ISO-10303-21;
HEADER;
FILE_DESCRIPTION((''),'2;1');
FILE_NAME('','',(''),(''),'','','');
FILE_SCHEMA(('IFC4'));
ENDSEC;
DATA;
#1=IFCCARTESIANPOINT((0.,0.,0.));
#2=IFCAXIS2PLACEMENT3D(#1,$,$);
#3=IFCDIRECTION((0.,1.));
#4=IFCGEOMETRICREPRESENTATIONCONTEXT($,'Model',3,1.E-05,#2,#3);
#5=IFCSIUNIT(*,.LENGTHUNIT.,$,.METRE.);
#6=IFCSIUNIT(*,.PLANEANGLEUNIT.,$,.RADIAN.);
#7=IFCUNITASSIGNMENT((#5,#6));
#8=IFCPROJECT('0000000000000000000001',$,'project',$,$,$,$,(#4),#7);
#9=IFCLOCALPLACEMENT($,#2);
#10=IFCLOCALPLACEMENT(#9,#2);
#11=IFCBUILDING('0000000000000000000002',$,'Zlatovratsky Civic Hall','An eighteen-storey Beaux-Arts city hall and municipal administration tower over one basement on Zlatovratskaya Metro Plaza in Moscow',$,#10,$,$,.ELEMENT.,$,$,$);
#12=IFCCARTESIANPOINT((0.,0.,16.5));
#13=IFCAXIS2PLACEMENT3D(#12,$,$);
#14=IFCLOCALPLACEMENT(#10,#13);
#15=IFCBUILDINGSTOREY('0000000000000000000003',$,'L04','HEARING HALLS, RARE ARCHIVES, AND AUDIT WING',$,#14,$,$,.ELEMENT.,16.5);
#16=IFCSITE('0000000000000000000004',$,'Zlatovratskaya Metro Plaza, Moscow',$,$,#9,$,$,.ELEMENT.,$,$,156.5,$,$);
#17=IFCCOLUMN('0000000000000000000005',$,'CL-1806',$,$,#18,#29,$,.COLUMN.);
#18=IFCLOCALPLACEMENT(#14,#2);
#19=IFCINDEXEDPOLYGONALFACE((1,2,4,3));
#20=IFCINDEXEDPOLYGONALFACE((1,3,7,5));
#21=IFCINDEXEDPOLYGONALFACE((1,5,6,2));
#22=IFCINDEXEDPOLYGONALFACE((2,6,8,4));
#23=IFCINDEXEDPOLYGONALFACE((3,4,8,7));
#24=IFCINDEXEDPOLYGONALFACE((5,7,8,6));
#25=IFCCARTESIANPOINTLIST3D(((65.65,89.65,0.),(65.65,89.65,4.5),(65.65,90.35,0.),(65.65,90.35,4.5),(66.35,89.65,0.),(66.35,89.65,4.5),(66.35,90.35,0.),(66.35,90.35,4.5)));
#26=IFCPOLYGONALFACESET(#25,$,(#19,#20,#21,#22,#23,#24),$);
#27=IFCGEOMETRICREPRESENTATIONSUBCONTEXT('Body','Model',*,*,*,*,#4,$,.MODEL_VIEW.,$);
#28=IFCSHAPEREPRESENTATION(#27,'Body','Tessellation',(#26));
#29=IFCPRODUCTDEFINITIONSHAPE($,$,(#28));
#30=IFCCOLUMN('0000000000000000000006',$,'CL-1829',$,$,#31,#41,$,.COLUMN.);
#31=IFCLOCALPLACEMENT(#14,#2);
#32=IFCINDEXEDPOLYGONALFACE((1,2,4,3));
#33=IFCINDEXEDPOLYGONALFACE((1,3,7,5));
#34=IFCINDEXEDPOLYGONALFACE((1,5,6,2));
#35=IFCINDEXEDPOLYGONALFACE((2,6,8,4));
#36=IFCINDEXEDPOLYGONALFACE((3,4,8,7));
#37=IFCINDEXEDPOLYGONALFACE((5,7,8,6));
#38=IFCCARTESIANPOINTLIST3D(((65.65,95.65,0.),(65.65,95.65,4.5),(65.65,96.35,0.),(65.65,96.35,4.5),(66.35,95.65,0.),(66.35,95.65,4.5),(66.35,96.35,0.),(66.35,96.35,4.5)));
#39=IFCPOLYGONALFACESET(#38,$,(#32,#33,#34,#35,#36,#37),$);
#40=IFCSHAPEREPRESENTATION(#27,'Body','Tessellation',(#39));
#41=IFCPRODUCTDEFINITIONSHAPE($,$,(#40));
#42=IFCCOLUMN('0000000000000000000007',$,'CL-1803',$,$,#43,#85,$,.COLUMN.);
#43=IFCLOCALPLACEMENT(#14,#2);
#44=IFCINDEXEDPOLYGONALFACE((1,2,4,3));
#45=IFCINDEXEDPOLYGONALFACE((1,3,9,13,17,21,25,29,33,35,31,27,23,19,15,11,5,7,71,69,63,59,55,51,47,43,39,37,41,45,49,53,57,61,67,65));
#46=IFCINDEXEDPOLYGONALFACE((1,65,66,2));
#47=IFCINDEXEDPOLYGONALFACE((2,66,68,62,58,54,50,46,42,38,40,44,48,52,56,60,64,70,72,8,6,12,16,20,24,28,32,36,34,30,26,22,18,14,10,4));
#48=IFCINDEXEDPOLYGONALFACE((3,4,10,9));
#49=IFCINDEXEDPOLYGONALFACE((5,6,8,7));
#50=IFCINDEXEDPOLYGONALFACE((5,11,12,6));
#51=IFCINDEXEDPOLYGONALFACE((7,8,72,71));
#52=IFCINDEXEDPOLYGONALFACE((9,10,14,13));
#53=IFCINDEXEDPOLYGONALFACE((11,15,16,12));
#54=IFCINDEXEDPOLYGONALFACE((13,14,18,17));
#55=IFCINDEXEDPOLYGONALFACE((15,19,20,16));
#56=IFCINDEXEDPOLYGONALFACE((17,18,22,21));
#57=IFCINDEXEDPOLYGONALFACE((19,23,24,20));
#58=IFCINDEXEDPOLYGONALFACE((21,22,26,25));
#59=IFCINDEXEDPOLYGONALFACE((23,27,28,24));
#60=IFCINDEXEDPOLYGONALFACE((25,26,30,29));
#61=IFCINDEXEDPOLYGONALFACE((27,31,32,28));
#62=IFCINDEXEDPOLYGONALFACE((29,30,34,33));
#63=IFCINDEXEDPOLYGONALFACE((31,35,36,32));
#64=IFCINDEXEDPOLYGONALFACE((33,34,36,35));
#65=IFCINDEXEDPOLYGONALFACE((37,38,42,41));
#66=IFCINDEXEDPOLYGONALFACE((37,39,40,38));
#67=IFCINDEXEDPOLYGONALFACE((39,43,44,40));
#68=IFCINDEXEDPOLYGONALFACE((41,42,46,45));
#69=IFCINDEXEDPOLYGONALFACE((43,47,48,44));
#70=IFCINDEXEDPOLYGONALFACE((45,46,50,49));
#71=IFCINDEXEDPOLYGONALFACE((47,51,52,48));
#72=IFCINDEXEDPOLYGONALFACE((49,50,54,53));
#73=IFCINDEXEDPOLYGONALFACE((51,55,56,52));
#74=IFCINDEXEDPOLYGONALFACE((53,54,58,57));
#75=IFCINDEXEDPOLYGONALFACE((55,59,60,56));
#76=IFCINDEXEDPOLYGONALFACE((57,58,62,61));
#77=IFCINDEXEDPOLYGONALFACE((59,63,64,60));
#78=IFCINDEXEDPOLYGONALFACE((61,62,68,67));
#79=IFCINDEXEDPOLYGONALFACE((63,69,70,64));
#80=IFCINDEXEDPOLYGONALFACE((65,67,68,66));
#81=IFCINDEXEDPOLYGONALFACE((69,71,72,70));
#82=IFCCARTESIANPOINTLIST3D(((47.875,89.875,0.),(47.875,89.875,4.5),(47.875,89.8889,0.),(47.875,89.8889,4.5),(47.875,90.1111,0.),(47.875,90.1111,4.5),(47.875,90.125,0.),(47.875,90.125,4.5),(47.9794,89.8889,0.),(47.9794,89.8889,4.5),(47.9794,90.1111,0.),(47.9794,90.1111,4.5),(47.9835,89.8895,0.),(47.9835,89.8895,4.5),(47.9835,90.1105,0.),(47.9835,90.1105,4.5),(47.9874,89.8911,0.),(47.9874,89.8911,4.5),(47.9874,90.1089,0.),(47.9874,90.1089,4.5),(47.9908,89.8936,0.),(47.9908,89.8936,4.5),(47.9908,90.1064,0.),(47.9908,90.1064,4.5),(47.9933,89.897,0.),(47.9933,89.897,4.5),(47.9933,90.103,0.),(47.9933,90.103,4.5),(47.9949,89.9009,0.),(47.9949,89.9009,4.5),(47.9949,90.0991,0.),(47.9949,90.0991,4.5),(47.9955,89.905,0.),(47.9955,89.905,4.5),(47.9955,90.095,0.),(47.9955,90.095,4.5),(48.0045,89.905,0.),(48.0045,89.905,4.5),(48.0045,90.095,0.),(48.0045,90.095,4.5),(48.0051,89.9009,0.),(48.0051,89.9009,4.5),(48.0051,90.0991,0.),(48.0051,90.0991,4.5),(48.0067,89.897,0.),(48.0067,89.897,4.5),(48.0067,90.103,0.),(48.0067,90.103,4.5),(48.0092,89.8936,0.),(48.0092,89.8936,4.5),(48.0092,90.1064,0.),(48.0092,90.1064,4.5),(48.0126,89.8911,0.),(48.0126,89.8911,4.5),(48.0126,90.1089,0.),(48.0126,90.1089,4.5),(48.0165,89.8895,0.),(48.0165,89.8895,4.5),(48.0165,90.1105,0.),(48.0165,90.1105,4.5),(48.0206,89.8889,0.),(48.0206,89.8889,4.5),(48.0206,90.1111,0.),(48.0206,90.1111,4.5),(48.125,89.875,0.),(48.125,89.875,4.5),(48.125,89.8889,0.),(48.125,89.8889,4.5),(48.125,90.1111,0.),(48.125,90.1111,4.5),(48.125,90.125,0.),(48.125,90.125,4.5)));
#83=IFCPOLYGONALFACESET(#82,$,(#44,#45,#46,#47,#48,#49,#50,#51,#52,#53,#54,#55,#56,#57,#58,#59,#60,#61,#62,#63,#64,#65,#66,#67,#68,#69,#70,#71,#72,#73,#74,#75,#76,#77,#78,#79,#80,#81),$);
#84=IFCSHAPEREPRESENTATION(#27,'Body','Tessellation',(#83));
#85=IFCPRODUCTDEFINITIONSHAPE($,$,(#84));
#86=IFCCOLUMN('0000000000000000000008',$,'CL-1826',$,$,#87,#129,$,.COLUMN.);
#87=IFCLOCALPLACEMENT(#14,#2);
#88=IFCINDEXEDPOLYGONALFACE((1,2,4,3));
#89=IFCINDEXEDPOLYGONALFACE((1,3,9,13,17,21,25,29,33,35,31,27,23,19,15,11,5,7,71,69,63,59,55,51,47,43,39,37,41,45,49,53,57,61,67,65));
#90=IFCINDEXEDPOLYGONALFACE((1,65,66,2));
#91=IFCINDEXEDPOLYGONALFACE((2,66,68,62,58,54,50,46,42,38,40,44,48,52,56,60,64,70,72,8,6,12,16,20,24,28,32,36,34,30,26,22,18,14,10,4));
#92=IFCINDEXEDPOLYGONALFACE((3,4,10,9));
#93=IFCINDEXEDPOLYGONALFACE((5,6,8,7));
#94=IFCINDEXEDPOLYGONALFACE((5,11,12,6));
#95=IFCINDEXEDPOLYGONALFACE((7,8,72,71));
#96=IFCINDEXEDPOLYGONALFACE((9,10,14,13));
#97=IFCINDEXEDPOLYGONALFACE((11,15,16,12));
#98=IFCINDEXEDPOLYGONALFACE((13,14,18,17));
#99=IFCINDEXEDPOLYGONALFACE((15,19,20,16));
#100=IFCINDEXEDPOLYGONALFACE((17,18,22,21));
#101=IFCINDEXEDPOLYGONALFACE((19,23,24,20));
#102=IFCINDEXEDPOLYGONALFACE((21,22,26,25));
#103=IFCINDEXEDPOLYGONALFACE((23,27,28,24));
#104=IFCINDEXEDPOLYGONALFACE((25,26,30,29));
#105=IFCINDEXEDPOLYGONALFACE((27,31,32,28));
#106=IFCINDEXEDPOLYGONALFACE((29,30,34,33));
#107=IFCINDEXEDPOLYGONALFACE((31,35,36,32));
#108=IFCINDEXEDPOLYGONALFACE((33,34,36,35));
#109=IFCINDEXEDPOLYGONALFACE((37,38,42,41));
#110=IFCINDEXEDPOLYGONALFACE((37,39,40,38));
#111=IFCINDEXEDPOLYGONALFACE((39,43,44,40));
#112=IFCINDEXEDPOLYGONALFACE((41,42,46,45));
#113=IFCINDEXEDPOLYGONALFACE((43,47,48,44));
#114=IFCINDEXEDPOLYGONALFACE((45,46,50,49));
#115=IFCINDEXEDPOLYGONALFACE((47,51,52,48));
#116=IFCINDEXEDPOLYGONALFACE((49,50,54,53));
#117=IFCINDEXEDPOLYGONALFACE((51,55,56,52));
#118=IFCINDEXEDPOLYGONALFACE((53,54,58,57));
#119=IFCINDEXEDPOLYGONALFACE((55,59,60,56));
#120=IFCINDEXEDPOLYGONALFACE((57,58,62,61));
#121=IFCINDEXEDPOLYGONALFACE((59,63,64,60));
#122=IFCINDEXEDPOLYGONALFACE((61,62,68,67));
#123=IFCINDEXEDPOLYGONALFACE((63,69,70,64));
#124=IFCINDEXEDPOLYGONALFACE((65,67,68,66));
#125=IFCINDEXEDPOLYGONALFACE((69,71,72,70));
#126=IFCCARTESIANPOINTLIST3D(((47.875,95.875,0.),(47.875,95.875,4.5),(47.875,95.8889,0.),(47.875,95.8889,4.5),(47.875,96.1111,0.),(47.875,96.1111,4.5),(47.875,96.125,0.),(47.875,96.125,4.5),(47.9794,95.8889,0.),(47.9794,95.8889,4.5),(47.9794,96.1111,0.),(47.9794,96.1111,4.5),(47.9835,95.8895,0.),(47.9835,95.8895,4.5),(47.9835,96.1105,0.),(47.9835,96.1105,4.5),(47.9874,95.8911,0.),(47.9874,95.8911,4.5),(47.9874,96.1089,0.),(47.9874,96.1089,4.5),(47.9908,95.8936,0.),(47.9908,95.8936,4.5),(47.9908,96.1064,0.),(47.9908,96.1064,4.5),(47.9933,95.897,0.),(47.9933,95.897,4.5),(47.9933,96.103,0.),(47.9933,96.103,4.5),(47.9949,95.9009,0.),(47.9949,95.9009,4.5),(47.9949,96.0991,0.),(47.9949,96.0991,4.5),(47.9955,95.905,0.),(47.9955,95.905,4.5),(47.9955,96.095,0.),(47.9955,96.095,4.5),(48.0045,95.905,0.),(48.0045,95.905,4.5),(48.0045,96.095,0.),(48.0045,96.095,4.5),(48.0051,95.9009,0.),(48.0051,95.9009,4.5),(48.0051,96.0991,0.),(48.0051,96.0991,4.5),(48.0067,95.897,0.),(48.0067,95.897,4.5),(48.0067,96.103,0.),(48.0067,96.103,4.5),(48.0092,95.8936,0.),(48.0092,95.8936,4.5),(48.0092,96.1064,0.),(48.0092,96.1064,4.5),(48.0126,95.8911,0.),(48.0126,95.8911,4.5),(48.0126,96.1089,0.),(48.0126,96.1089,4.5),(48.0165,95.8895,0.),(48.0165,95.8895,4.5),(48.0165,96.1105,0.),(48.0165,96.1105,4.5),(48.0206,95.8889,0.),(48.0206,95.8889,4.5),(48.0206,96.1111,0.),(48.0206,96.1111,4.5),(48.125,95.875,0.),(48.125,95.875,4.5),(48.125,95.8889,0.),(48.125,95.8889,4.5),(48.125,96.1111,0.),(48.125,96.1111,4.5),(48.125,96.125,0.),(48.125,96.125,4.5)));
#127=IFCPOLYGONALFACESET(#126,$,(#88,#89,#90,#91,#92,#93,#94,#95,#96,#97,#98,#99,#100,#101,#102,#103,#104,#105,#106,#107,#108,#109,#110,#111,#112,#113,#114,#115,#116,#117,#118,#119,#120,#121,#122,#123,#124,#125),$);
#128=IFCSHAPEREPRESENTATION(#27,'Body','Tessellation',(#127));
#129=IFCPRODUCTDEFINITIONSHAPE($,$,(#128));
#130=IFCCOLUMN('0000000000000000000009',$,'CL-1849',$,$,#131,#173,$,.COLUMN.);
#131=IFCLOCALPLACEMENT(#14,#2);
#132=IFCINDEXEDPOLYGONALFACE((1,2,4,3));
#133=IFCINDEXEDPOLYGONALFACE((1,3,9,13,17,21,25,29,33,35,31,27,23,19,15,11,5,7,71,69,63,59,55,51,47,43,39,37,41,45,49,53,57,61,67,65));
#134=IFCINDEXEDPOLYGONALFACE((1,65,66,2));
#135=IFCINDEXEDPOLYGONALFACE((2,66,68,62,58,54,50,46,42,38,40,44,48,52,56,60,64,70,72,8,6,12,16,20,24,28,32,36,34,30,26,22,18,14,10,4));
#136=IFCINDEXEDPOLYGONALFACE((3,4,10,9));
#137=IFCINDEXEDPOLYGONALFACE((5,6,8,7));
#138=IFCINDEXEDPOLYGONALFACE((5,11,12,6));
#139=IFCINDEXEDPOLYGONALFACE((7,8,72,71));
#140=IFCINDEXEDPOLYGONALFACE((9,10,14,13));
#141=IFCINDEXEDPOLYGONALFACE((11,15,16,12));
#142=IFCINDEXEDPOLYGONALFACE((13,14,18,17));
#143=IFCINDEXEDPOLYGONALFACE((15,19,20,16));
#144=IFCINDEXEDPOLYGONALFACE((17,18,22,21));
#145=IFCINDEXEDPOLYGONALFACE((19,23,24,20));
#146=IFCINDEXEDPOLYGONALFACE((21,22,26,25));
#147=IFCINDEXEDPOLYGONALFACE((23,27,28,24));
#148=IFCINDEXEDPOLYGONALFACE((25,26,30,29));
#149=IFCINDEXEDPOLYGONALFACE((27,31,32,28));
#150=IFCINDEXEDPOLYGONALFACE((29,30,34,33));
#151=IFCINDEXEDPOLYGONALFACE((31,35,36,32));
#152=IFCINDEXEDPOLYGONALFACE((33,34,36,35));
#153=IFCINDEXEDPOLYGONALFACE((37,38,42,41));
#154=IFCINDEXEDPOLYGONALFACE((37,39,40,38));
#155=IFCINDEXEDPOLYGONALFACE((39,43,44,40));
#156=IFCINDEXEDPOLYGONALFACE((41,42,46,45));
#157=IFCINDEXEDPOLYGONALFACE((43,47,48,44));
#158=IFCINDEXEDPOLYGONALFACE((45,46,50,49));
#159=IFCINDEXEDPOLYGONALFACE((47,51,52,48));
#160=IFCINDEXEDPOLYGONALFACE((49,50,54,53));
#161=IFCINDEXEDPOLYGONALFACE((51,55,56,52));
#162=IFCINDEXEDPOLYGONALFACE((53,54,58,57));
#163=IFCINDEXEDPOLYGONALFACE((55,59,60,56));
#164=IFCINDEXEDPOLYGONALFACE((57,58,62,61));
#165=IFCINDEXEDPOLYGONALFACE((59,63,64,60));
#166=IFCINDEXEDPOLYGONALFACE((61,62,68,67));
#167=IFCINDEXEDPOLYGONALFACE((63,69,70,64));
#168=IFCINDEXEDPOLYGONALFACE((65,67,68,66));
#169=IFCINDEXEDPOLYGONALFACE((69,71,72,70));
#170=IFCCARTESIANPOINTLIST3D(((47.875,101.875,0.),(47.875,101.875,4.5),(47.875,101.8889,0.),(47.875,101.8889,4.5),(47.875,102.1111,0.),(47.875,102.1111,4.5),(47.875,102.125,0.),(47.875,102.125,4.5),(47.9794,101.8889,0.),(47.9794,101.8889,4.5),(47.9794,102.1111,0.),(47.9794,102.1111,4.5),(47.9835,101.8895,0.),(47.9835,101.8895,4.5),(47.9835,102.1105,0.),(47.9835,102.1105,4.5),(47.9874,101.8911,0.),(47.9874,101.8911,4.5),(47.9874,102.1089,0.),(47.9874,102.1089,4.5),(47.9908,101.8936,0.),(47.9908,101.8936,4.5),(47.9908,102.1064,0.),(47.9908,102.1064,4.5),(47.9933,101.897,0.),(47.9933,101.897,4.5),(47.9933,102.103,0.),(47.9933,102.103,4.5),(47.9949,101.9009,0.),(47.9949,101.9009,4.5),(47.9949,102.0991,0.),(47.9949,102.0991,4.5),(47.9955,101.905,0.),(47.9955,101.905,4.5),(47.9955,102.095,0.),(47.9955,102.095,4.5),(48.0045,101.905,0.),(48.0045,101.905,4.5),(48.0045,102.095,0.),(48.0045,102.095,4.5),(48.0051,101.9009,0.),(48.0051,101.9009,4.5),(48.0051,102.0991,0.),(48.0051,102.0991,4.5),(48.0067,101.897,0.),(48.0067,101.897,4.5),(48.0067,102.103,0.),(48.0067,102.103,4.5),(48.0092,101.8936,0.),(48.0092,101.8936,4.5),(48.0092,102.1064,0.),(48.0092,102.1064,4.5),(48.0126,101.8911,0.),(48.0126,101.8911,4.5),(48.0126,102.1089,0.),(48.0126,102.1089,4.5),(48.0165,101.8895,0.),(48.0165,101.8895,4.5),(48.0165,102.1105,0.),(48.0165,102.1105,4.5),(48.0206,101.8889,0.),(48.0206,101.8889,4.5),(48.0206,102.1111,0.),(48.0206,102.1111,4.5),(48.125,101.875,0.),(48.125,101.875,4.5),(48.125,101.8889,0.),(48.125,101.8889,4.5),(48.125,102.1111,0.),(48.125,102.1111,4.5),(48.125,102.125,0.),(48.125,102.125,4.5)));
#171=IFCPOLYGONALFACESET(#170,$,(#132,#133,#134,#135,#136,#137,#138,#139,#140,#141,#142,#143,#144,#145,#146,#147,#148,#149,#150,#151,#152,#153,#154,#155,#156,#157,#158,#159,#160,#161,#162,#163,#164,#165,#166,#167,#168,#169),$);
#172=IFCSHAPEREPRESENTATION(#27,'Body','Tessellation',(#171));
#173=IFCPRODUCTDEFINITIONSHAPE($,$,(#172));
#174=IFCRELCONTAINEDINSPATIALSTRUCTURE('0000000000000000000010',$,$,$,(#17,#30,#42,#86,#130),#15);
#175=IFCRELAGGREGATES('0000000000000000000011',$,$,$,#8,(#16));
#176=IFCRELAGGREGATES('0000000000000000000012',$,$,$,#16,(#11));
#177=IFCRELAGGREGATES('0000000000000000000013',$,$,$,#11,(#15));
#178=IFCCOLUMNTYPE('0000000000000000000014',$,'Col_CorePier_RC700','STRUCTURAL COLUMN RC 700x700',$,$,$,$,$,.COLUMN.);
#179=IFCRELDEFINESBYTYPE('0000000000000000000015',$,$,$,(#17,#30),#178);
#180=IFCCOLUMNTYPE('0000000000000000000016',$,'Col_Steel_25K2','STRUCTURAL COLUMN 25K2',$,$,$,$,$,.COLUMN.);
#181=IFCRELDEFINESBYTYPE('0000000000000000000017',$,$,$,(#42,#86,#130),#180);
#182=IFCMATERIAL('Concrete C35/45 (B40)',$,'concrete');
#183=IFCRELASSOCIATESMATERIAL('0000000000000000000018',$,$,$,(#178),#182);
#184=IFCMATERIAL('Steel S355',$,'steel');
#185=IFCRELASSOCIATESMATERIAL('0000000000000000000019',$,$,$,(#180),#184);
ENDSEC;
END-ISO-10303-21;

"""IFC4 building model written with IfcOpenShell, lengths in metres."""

from ifc_helpers import new_model, si_unit, direction, frame, origin, origin_2d, place, context, subcontext, project, spatial, rectangle, i_section, extrude, material, material_profile, profile_set, type_object, element, save


model = new_model("IFC4")

# Units and contexts
model_context = context("Model", 3, precision=1e-05, world=origin(), true_north=direction((0.0, 1.0)))
body_context = subcontext(model_context, "Body", "Model", "MODEL_VIEW")
ifc_project = project(units=[si_unit("LENGTHUNIT", "METRE"), si_unit("PLANEANGLEUNIT", "RADIAN")], contexts=[model_context])

# Site, building, storey
site_placement = place(None, origin())
site = spatial("IfcSite", under=ifc_project, at=site_placement, Name="Zlatovratskaya Metro Plaza, Moscow", CompositionType="ELEMENT", RefElevation=156.5)
building_placement = place(site_placement, origin())
building = spatial("IfcBuilding", under=site, at=building_placement, Name="Zlatovratsky Civic Hall", Description="An eighteen-storey Beaux-Arts city hall and municipal administration tower over one basement on Zlatovratskaya Metro Plaza in Moscow", CompositionType="ELEMENT")
storey_placement = place(building_placement, frame((0.0, 0.0, 16.5)))
storey = spatial("IfcBuildingStorey", under=building, at=storey_placement, Name="L04", Description="HEARING HALLS, RARE ARCHIVES, AND AUDIT WING", CompositionType="ELEMENT", Elevation=16.5)

# Columns
ifc_material_1 = material(Name="Concrete C35/45 (B40)", Category="concrete")
ifc_material_profile_1 = material_profile(ifc_material_1, rectangle(XDim=0.7, YDim=0.7, at=origin_2d()), Name="RC 700x700")
ifc_profile_set_1 = profile_set([ifc_material_profile_1], Name="Concrete C35/45 (B40)")
column_type_1 = type_object("IfcColumnType", Name="Col_CorePier_RC700", Description="STRUCTURAL COLUMN RC 700x700", PredefinedType="COLUMN", material=ifc_profile_set_1)
for number, where, z_axis, x_axis, name in (
    (1, (66.0, 90.0, 0.0), (0.0, 0.0, 1.0), (1.0, 0.0, 0.0), "CL-1806"),
    (2, (66.0, 96.0, 0.0), (0.0, 0.0, 1.0), (1.0, 0.0, 0.0), "CL-1829"),
):
    element("IfcColumn", number, at=place(storey_placement, frame(where, z_axis=z_axis, x_axis=x_axis)), inside=storey, type_object=column_type_1, Name=name, PredefinedType="COLUMN", context=body_context, shape_type="SweptSolid", body=[
        extrude(rectangle(XDim=0.7, YDim=0.7, at=origin_2d()), origin(), (0.0, 0.0, 1.0), 4.5),
    ])
ifc_material_2 = material(Name="Steel S355", Category="steel")
ifc_material_profile_2 = material_profile(ifc_material_2, i_section(OverallWidth=0.25, OverallDepth=0.25, WebThickness=0.009, FlangeThickness=0.0139, FilletRadius=0.0161, at=origin_2d()), Name="25K2")
ifc_profile_set_2 = profile_set([ifc_material_profile_2], Name="Steel S355")
column_type_2 = type_object("IfcColumnType", Name="Col_Steel_25K2", Description="STRUCTURAL COLUMN 25K2", PredefinedType="COLUMN", material=ifc_profile_set_2)
for number, where, z_axis, x_axis, name in (
    (3, (48.0, 90.0, 0.0), (0.0, 0.0, 1.0), (1.0, 0.0, 0.0), "CL-1803"),
    (4, (48.0, 96.0, 0.0), (0.0, 0.0, 1.0), (1.0, 0.0, 0.0), "CL-1826"),
    (5, (48.0, 102.0, 0.0), (0.0, 0.0, 1.0), (1.0, 0.0, 0.0), "CL-1849"),
):
    element("IfcColumn", number, at=place(storey_placement, frame(where, z_axis=z_axis, x_axis=x_axis)), inside=storey, type_object=column_type_2, Name=name, PredefinedType="COLUMN", context=body_context, shape_type="SweptSolid", body=[
        extrude(i_section(OverallWidth=0.25, OverallDepth=0.25, WebThickness=0.009, FlangeThickness=0.0139, FilletRadius=0.0161, at=origin_2d()), origin(), (0.0, 0.0, 1.0), 4.5),
    ])

save(model, "model.ifc")
